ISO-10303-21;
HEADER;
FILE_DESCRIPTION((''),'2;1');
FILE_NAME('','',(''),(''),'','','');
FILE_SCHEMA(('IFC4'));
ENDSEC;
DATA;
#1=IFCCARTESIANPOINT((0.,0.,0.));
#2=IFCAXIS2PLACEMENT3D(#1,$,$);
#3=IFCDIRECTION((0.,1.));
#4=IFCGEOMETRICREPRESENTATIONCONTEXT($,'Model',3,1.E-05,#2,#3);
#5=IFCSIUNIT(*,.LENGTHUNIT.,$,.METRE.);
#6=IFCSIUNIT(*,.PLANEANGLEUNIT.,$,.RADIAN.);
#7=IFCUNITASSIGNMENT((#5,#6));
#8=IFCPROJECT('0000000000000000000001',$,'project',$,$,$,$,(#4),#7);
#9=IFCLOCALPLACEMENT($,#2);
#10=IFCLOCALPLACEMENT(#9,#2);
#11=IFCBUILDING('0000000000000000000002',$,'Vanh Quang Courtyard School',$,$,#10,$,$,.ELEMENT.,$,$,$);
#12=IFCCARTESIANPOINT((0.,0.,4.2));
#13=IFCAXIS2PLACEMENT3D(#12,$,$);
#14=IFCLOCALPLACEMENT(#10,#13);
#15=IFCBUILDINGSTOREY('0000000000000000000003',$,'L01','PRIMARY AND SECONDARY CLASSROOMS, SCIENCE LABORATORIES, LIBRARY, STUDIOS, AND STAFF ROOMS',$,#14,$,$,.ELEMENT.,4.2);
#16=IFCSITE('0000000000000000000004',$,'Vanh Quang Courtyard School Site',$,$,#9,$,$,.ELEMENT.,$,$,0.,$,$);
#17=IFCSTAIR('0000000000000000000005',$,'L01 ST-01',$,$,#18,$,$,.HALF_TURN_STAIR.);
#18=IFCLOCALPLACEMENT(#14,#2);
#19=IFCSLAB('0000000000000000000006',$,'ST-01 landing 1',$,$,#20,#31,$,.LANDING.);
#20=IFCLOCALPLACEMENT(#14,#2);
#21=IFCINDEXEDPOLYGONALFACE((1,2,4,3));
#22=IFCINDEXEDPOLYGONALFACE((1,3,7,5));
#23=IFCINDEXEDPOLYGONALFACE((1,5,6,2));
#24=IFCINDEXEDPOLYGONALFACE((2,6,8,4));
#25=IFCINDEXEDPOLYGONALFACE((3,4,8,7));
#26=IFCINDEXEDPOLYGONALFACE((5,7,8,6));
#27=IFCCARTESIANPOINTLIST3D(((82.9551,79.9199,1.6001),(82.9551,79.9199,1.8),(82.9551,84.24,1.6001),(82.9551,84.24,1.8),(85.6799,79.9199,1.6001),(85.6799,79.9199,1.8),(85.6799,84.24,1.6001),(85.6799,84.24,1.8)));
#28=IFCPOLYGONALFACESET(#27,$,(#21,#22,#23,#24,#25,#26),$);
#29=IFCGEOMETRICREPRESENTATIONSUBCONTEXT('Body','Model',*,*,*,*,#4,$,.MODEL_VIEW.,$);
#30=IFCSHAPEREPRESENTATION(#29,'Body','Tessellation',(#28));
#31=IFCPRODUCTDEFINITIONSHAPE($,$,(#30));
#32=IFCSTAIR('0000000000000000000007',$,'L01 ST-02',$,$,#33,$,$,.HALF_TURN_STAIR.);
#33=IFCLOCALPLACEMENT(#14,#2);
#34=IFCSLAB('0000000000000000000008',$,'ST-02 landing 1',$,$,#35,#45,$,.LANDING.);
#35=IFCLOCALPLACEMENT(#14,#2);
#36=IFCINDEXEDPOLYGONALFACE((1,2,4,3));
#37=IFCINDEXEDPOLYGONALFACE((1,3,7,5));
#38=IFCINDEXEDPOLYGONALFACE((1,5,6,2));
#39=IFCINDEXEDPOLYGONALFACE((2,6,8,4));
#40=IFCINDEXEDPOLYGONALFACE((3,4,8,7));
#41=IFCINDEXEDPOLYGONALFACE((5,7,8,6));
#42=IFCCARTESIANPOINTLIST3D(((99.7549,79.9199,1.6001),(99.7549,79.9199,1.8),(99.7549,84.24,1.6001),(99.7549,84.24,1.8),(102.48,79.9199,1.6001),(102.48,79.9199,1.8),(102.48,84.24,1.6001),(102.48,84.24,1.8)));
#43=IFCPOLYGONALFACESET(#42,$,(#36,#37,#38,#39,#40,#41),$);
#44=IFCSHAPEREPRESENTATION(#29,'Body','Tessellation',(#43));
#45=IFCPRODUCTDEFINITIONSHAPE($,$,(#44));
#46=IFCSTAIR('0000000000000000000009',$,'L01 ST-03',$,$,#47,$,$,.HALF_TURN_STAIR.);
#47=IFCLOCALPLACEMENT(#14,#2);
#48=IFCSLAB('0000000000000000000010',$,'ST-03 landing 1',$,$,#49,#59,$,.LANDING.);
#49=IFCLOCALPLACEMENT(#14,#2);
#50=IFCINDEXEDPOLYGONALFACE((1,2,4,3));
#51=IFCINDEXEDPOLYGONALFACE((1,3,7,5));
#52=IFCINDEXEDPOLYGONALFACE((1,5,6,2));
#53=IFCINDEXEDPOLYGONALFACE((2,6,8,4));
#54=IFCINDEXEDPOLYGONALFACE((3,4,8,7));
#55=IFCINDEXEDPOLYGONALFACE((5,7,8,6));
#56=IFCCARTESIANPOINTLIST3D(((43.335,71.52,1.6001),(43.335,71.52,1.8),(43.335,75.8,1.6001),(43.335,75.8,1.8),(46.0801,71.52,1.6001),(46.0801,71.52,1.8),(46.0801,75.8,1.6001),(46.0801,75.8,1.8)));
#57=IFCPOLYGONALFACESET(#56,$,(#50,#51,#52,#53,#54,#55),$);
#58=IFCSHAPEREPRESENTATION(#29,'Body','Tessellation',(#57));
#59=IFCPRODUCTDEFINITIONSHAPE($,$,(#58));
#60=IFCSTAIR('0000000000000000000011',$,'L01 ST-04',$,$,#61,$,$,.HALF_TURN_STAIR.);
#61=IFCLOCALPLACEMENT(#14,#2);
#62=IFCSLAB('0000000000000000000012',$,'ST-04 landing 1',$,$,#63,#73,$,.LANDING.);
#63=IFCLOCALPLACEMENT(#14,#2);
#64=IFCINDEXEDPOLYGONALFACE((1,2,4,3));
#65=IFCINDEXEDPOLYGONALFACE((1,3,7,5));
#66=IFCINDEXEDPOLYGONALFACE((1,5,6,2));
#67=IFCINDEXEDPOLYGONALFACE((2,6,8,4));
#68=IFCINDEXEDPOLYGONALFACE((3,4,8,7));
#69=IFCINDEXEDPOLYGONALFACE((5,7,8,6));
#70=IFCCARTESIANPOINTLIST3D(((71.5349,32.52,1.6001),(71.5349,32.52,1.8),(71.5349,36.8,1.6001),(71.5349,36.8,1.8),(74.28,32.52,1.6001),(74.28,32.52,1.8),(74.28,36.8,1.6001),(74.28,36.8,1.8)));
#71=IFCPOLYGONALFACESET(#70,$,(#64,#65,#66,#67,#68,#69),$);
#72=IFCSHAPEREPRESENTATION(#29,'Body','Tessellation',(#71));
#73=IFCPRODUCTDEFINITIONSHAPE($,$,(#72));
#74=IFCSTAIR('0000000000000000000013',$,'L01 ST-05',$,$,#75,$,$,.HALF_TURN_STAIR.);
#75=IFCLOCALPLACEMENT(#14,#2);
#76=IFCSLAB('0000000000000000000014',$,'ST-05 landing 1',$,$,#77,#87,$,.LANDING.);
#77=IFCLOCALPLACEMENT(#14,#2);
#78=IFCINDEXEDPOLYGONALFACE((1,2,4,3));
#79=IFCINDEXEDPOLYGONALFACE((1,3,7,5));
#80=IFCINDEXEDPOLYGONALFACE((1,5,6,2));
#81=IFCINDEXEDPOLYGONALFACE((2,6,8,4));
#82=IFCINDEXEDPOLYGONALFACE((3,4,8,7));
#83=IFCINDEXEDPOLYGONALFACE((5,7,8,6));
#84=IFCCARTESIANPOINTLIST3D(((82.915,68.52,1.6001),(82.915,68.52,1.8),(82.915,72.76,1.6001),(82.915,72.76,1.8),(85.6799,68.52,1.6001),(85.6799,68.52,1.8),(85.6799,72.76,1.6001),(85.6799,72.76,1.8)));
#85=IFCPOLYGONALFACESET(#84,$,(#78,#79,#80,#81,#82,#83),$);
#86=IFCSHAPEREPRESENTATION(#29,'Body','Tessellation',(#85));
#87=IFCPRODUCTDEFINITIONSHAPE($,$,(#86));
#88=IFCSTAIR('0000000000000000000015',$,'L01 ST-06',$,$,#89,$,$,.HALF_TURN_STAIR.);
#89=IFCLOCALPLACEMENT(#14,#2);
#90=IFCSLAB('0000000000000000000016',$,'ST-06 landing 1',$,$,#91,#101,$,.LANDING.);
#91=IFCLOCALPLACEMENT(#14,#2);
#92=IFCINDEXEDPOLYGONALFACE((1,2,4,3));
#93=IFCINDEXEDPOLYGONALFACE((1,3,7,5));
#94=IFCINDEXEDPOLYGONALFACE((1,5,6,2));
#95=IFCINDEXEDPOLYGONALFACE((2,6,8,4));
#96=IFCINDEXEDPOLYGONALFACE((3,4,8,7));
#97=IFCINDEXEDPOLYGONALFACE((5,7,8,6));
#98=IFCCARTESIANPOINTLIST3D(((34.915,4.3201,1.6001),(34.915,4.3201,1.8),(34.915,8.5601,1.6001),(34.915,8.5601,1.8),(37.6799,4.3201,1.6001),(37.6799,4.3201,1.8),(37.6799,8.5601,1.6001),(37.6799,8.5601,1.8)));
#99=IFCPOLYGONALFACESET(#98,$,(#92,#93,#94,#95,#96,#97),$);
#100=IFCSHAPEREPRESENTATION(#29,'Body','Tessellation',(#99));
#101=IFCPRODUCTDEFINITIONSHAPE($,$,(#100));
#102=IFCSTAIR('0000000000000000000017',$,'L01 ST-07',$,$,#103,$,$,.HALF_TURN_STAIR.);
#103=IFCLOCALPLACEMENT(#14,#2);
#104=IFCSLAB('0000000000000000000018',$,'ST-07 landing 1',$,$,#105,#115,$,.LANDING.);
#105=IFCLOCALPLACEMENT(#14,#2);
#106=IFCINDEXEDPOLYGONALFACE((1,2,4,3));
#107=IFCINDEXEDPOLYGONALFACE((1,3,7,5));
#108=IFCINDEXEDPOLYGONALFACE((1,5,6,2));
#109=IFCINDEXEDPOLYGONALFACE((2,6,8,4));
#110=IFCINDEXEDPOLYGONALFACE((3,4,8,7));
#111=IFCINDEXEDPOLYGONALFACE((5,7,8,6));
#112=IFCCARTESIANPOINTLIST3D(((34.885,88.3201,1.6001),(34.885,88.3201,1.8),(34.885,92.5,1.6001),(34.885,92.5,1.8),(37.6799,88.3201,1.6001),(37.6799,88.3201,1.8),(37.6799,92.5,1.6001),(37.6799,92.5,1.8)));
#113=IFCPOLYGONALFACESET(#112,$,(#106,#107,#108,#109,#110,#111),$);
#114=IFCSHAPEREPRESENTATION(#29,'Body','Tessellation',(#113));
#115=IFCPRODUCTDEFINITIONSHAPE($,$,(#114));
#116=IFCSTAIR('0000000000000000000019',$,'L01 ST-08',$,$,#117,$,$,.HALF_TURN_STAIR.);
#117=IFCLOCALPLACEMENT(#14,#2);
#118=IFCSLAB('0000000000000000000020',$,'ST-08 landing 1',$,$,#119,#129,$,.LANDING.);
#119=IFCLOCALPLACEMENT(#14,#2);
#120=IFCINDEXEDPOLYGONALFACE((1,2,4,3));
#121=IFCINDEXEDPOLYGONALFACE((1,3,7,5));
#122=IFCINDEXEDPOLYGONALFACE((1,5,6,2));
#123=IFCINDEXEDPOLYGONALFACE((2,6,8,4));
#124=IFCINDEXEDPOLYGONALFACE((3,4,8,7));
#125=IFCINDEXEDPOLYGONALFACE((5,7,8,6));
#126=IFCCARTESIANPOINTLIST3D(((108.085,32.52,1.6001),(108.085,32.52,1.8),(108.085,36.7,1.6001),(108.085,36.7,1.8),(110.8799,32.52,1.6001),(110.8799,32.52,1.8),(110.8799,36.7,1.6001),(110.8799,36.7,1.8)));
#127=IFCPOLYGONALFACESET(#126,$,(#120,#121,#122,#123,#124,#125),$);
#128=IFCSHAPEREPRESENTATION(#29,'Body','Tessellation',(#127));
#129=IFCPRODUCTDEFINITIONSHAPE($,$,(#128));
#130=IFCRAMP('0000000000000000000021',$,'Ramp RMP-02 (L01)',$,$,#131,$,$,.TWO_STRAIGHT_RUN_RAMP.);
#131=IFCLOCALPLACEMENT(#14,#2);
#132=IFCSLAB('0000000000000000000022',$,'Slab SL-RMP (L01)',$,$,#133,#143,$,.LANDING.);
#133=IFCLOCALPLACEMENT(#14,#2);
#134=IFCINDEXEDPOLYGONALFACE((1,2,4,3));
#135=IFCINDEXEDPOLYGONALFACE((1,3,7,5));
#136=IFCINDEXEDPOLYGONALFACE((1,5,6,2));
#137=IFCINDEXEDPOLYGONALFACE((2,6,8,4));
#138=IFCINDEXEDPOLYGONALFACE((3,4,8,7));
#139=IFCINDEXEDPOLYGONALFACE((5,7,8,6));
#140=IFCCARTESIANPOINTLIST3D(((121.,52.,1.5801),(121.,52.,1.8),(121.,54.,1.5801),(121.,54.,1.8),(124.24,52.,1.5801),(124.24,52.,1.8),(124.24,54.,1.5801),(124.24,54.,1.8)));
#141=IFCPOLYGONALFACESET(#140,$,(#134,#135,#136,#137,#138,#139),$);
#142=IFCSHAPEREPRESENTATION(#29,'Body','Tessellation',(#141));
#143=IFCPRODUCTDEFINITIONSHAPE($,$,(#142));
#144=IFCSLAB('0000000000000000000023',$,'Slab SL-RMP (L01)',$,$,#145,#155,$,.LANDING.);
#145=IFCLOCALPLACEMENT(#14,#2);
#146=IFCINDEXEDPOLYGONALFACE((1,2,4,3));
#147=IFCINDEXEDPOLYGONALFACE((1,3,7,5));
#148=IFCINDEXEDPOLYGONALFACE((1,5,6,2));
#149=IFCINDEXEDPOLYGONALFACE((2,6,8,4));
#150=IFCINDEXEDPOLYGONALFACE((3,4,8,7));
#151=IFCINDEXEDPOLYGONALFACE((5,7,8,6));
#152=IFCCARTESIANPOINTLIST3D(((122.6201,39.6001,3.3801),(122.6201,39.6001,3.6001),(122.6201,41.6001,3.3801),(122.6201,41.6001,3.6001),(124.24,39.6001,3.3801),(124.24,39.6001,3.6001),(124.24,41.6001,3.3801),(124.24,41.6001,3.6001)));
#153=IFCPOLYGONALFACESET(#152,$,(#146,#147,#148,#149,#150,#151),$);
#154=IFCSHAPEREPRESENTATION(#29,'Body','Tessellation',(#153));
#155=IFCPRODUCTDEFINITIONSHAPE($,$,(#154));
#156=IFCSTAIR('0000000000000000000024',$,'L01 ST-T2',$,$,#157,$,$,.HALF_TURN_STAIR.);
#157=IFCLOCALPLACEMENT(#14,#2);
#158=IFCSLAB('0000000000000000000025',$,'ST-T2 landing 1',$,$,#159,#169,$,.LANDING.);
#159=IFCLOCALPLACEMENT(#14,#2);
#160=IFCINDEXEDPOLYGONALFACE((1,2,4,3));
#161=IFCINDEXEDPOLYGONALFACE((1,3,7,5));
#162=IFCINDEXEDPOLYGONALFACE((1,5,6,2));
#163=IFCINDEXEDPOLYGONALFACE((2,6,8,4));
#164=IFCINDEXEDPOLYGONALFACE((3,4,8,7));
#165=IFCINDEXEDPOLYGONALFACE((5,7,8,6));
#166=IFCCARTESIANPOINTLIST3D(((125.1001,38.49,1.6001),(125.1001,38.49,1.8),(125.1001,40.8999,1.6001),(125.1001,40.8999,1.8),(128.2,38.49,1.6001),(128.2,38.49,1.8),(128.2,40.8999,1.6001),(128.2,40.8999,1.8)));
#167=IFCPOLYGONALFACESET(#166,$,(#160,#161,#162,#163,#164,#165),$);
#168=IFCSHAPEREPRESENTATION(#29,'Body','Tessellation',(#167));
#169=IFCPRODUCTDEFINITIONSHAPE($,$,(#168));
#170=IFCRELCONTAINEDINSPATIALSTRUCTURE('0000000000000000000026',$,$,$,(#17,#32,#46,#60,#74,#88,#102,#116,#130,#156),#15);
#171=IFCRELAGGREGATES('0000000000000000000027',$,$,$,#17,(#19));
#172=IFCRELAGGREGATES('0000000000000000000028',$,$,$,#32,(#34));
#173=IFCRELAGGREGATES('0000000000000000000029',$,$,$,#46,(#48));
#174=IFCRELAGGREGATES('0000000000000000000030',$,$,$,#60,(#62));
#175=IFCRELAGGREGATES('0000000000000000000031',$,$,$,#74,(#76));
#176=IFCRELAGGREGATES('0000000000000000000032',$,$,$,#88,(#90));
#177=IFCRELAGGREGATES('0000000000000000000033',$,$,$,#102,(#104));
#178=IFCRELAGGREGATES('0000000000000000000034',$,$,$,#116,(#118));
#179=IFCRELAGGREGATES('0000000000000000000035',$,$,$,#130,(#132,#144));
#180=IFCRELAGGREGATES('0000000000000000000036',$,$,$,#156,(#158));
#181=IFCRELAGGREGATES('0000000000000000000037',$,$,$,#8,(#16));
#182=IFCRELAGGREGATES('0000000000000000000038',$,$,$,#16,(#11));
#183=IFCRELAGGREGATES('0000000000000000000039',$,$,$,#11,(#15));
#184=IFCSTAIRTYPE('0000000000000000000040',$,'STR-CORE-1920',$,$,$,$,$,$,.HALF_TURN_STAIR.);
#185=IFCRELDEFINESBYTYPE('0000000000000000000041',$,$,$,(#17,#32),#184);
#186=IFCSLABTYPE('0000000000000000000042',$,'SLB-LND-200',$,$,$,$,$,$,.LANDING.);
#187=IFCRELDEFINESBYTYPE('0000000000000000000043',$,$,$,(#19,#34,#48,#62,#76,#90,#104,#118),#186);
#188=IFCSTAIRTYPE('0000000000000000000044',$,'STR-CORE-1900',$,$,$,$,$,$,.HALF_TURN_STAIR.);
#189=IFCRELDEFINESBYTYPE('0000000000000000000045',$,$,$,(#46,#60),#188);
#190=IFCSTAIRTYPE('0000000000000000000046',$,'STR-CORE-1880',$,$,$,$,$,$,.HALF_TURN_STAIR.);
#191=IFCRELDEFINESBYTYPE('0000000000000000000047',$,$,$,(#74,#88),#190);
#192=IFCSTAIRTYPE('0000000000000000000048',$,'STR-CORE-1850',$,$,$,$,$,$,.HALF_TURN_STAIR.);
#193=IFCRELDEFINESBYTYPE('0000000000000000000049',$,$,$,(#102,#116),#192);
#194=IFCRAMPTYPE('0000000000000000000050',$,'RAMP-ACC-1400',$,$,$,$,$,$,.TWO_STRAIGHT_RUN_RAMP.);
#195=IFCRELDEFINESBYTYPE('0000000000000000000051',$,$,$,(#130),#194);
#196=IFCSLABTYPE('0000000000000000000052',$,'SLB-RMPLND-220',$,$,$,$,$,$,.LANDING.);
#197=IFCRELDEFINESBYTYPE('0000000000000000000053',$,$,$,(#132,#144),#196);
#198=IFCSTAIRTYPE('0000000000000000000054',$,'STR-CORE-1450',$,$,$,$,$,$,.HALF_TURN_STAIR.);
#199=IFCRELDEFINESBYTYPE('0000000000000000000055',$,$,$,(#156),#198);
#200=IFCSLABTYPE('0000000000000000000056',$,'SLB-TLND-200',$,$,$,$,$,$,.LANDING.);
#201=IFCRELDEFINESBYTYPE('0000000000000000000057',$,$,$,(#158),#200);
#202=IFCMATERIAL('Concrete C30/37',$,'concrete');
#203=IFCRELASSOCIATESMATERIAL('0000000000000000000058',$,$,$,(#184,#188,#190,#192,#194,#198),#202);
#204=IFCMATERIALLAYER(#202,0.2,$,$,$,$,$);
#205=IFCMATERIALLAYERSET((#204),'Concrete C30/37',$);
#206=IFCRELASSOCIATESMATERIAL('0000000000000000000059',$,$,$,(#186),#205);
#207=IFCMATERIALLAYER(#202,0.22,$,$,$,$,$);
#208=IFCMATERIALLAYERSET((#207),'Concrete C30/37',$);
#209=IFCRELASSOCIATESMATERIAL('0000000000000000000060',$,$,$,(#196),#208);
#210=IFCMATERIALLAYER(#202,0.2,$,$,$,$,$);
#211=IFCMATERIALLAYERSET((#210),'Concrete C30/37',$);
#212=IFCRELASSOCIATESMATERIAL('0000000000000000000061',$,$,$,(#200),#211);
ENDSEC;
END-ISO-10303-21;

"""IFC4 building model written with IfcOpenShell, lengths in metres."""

from ifc_helpers import new_model, si_unit, direction, frame, origin, place, context, subcontext, project, spatial, polyline, outline, extrude, material, layer, layer_set, type_object, element, aggregate, save


model = new_model("IFC4")

# Units and contexts
model_context = context("Model", 3, precision=1e-05, world=origin(), true_north=direction((0.0, 1.0)))
body_context = subcontext(model_context, "Body", "Model", "MODEL_VIEW")
ifc_project = project(units=[si_unit("LENGTHUNIT", "METRE"), si_unit("PLANEANGLEUNIT", "RADIAN")], contexts=[model_context])

# Site, building, storey
site_placement = place(None, origin())
site = spatial("IfcSite", under=ifc_project, at=site_placement, Name="Vanh Quang Courtyard School Site", CompositionType="ELEMENT", RefElevation=0.0)
building_placement = place(site_placement, origin())
building = spatial("IfcBuilding", under=site, at=building_placement, Name="Vanh Quang Courtyard School", CompositionType="ELEMENT")
storey_placement = place(building_placement, frame((0.0, 0.0, 4.2)))
storey = spatial("IfcBuildingStorey", under=building, at=storey_placement, Name="L01", Description="PRIMARY AND SECONDARY CLASSROOMS, SCIENCE LABORATORIES, LIBRARY, STUDIOS, AND STAFF ROOMS", CompositionType="ELEMENT", Elevation=4.2)

# Stairs, slabs
ifc_material_1 = material(Name="Concrete C30/37", Category="concrete")
stair_type_1 = type_object("IfcStairType", Name="STR-CORE-1920", PredefinedType="HALF_TURN_STAIR", material=ifc_material_1)
stair_1_placement = place(storey_placement, origin())
stair_1 = element("IfcStair", 1, at=stair_1_placement, inside=storey, type_object=stair_type_1, Name="L01 ST-01", PredefinedType="HALF_TURN_STAIR")
ifc_layer_1 = layer(ifc_material_1, 0.2)
ifc_layer_set_1 = layer_set([ifc_layer_1], Name="Concrete C30/37")
slab_type_1 = type_object("IfcSlabType", Name="SLB-LND-200", PredefinedType="LANDING", material=ifc_layer_set_1)
slab_1_placement = place(storey_placement, frame((0.0, 0.0, 1.6001)))
slab_1 = element("IfcSlab", 2, at=slab_1_placement, type_object=slab_type_1, Name="ST-01 landing 1", PredefinedType="LANDING", context=body_context, shape_type="SweptSolid", body=[
    extrude(outline(polyline([(82.9551, 79.9199), (85.6799, 79.9199), (85.6799, 84.24), (82.9551, 84.24), (82.9551, 79.9199)])), origin(), (0.0, 0.0, 1.0), 0.2),
])
aggregate(stair_1, [slab_1])
stair_2_placement = place(storey_placement, origin())
stair_2 = element("IfcStair", 3, at=stair_2_placement, inside=storey, type_object=stair_type_1, Name="L01 ST-02", PredefinedType="HALF_TURN_STAIR")
slab_2_placement = place(storey_placement, frame((0.0, 0.0, 1.6001)))
slab_2 = element("IfcSlab", 4, at=slab_2_placement, type_object=slab_type_1, Name="ST-02 landing 1", PredefinedType="LANDING", context=body_context, shape_type="SweptSolid", body=[
    extrude(outline(polyline([(99.7549, 79.9199), (102.48, 79.9199), (102.48, 84.24), (99.7549, 84.24), (99.7549, 79.9199)])), origin(), (0.0, 0.0, 1.0), 0.2),
])
aggregate(stair_2, [slab_2])
stair_type_2 = type_object("IfcStairType", Name="STR-CORE-1900", PredefinedType="HALF_TURN_STAIR", material=ifc_material_1)
stair_3_placement = place(storey_placement, origin())
stair_3 = element("IfcStair", 5, at=stair_3_placement, inside=storey, type_object=stair_type_2, Name="L01 ST-03", PredefinedType="HALF_TURN_STAIR")
slab_3_placement = place(storey_placement, frame((0.0, 0.0, 1.6001)))
slab_3 = element("IfcSlab", 6, at=slab_3_placement, type_object=slab_type_1, Name="ST-03 landing 1", PredefinedType="LANDING", context=body_context, shape_type="SweptSolid", body=[
    extrude(outline(polyline([(43.335, 71.52), (46.0801, 71.52), (46.0801, 75.8), (43.335, 75.8), (43.335, 71.52)])), origin(), (0.0, 0.0, 1.0), 0.2),
])
aggregate(stair_3, [slab_3])
stair_4_placement = place(storey_placement, origin())
stair_4 = element("IfcStair", 7, at=stair_4_placement, inside=storey, type_object=stair_type_2, Name="L01 ST-04", PredefinedType="HALF_TURN_STAIR")
slab_4_placement = place(storey_placement, frame((0.0, 0.0, 1.6001)))
slab_4 = element("IfcSlab", 8, at=slab_4_placement, type_object=slab_type_1, Name="ST-04 landing 1", PredefinedType="LANDING", context=body_context, shape_type="SweptSolid", body=[
    extrude(outline(polyline([(71.5349, 32.52), (74.28, 32.52), (74.28, 36.8), (71.5349, 36.8), (71.5349, 32.52)])), origin(), (0.0, 0.0, 1.0), 0.2),
])
aggregate(stair_4, [slab_4])
stair_type_3 = type_object("IfcStairType", Name="STR-CORE-1880", PredefinedType="HALF_TURN_STAIR", material=ifc_material_1)
stair_5_placement = place(storey_placement, origin())
stair_5 = element("IfcStair", 9, at=stair_5_placement, inside=storey, type_object=stair_type_3, Name="L01 ST-05", PredefinedType="HALF_TURN_STAIR")
slab_5_placement = place(storey_placement, frame((0.0, 0.0, 1.6001)))
slab_5 = element("IfcSlab", 10, at=slab_5_placement, type_object=slab_type_1, Name="ST-05 landing 1", PredefinedType="LANDING", context=body_context, shape_type="SweptSolid", body=[
    extrude(outline(polyline([(82.915, 68.52), (85.6799, 68.52), (85.6799, 72.76), (82.915, 72.76), (82.915, 68.52)])), origin(), (0.0, 0.0, 1.0), 0.2),
])
aggregate(stair_5, [slab_5])
stair_6_placement = place(storey_placement, origin())
stair_6 = element("IfcStair", 11, at=stair_6_placement, inside=storey, type_object=stair_type_3, Name="L01 ST-06", PredefinedType="HALF_TURN_STAIR")
slab_6_placement = place(storey_placement, frame((0.0, 0.0, 1.6001)))
slab_6 = element("IfcSlab", 12, at=slab_6_placement, type_object=slab_type_1, Name="ST-06 landing 1", PredefinedType="LANDING", context=body_context, shape_type="SweptSolid", body=[
    extrude(outline(polyline([(34.915, 4.3201), (37.6799, 4.3201), (37.6799, 8.5601), (34.915, 8.5601), (34.915, 4.3201)])), origin(), (0.0, 0.0, 1.0), 0.2),
])
aggregate(stair_6, [slab_6])
stair_type_4 = type_object("IfcStairType", Name="STR-CORE-1850", PredefinedType="HALF_TURN_STAIR", material=ifc_material_1)
stair_7_placement = place(storey_placement, origin())
stair_7 = element("IfcStair", 13, at=stair_7_placement, inside=storey, type_object=stair_type_4, Name="L01 ST-07", PredefinedType="HALF_TURN_STAIR")
slab_7_placement = place(storey_placement, frame((0.0, 0.0, 1.6001)))
slab_7 = element("IfcSlab", 14, at=slab_7_placement, type_object=slab_type_1, Name="ST-07 landing 1", PredefinedType="LANDING", context=body_context, shape_type="SweptSolid", body=[
    extrude(outline(polyline([(34.885, 88.3201), (37.6799, 88.3201), (37.6799, 92.5), (34.885, 92.5), (34.885, 88.3201)])), origin(), (0.0, 0.0, 1.0), 0.2),
])
aggregate(stair_7, [slab_7])
stair_8_placement = place(storey_placement, origin())
stair_8 = element("IfcStair", 15, at=stair_8_placement, inside=storey, type_object=stair_type_4, Name="L01 ST-08", PredefinedType="HALF_TURN_STAIR")
slab_8_placement = place(storey_placement, frame((0.0, 0.0, 1.6001)))
slab_8 = element("IfcSlab", 16, at=slab_8_placement, type_object=slab_type_1, Name="ST-08 landing 1", PredefinedType="LANDING", context=body_context, shape_type="SweptSolid", body=[
    extrude(outline(polyline([(108.085, 32.52), (110.8799, 32.52), (110.8799, 36.7), (108.085, 36.7), (108.085, 32.52)])), origin(), (0.0, 0.0, 1.0), 0.2),
])
aggregate(stair_8, [slab_8])

# Ramp, slabs
ramp_type = type_object("IfcRampType", Name="RAMP-ACC-1400", PredefinedType="TWO_STRAIGHT_RUN_RAMP", material=ifc_material_1)
ramp_placement = place(storey_placement, origin())
ramp = element("IfcRamp", 17, at=ramp_placement, inside=storey, type_object=ramp_type, Name="Ramp RMP-02 (L01)", PredefinedType="TWO_STRAIGHT_RUN_RAMP")
ifc_layer_2 = layer(ifc_material_1, 0.22)
ifc_layer_set_2 = layer_set([ifc_layer_2], Name="Concrete C30/37")
slab_type_2 = type_object("IfcSlabType", Name="SLB-RMPLND-220", PredefinedType="LANDING", material=ifc_layer_set_2)
slab_9_placement = place(storey_placement, frame((0.0, 0.0, 1.5801)))
slab_9 = element("IfcSlab", 18, at=slab_9_placement, type_object=slab_type_2, Name="Slab SL-RMP (L01)", PredefinedType="LANDING", context=body_context, shape_type="SweptSolid", body=[
    extrude(outline(polyline([(124.24, 52.0), (124.24, 54.0), (121.0, 54.0), (121.0, 52.0), (124.24, 52.0)])), origin(), (0.0, 0.0, 1.0), 0.22),
])
slab_10_placement = place(storey_placement, frame((0.0, 0.0, 3.3801)))
slab_10 = element("IfcSlab", 19, at=slab_10_placement, type_object=slab_type_2, Name="Slab SL-RMP (L01)", PredefinedType="LANDING", context=body_context, shape_type="SweptSolid", body=[
    extrude(outline(polyline([(124.24, 39.6001), (124.24, 41.6001), (122.6201, 41.6001), (122.6201, 39.6001), (124.24, 39.6001)])), origin(), (0.0, 0.0, 1.0), 0.22),
])
aggregate(ramp, [slab_9, slab_10])

# Stair, slab
stair_type_5 = type_object("IfcStairType", Name="STR-CORE-1450", PredefinedType="HALF_TURN_STAIR", material=ifc_material_1)
stair_9_placement = place(storey_placement, origin())
stair_9 = element("IfcStair", 20, at=stair_9_placement, inside=storey, type_object=stair_type_5, Name="L01 ST-T2", PredefinedType="HALF_TURN_STAIR")
ifc_layer_3 = layer(ifc_material_1, 0.2)
ifc_layer_set_3 = layer_set([ifc_layer_3], Name="Concrete C30/37")
slab_type_3 = type_object("IfcSlabType", Name="SLB-TLND-200", PredefinedType="LANDING", material=ifc_layer_set_3)
slab_11_placement = place(storey_placement, frame((0.0, 0.0, 1.6001)))
slab_11 = element("IfcSlab", 21, at=slab_11_placement, type_object=slab_type_3, Name="ST-T2 landing 1", PredefinedType="LANDING", context=body_context, shape_type="SweptSolid", body=[
    extrude(outline(polyline([(128.2, 38.49), (128.2, 40.8999), (125.1001, 40.8999), (125.1001, 38.49), (128.2, 38.49)])), origin(), (0.0, 0.0, 1.0), 0.2),
])
aggregate(stair_9, [slab_11])

save(model, "model.ifc")
